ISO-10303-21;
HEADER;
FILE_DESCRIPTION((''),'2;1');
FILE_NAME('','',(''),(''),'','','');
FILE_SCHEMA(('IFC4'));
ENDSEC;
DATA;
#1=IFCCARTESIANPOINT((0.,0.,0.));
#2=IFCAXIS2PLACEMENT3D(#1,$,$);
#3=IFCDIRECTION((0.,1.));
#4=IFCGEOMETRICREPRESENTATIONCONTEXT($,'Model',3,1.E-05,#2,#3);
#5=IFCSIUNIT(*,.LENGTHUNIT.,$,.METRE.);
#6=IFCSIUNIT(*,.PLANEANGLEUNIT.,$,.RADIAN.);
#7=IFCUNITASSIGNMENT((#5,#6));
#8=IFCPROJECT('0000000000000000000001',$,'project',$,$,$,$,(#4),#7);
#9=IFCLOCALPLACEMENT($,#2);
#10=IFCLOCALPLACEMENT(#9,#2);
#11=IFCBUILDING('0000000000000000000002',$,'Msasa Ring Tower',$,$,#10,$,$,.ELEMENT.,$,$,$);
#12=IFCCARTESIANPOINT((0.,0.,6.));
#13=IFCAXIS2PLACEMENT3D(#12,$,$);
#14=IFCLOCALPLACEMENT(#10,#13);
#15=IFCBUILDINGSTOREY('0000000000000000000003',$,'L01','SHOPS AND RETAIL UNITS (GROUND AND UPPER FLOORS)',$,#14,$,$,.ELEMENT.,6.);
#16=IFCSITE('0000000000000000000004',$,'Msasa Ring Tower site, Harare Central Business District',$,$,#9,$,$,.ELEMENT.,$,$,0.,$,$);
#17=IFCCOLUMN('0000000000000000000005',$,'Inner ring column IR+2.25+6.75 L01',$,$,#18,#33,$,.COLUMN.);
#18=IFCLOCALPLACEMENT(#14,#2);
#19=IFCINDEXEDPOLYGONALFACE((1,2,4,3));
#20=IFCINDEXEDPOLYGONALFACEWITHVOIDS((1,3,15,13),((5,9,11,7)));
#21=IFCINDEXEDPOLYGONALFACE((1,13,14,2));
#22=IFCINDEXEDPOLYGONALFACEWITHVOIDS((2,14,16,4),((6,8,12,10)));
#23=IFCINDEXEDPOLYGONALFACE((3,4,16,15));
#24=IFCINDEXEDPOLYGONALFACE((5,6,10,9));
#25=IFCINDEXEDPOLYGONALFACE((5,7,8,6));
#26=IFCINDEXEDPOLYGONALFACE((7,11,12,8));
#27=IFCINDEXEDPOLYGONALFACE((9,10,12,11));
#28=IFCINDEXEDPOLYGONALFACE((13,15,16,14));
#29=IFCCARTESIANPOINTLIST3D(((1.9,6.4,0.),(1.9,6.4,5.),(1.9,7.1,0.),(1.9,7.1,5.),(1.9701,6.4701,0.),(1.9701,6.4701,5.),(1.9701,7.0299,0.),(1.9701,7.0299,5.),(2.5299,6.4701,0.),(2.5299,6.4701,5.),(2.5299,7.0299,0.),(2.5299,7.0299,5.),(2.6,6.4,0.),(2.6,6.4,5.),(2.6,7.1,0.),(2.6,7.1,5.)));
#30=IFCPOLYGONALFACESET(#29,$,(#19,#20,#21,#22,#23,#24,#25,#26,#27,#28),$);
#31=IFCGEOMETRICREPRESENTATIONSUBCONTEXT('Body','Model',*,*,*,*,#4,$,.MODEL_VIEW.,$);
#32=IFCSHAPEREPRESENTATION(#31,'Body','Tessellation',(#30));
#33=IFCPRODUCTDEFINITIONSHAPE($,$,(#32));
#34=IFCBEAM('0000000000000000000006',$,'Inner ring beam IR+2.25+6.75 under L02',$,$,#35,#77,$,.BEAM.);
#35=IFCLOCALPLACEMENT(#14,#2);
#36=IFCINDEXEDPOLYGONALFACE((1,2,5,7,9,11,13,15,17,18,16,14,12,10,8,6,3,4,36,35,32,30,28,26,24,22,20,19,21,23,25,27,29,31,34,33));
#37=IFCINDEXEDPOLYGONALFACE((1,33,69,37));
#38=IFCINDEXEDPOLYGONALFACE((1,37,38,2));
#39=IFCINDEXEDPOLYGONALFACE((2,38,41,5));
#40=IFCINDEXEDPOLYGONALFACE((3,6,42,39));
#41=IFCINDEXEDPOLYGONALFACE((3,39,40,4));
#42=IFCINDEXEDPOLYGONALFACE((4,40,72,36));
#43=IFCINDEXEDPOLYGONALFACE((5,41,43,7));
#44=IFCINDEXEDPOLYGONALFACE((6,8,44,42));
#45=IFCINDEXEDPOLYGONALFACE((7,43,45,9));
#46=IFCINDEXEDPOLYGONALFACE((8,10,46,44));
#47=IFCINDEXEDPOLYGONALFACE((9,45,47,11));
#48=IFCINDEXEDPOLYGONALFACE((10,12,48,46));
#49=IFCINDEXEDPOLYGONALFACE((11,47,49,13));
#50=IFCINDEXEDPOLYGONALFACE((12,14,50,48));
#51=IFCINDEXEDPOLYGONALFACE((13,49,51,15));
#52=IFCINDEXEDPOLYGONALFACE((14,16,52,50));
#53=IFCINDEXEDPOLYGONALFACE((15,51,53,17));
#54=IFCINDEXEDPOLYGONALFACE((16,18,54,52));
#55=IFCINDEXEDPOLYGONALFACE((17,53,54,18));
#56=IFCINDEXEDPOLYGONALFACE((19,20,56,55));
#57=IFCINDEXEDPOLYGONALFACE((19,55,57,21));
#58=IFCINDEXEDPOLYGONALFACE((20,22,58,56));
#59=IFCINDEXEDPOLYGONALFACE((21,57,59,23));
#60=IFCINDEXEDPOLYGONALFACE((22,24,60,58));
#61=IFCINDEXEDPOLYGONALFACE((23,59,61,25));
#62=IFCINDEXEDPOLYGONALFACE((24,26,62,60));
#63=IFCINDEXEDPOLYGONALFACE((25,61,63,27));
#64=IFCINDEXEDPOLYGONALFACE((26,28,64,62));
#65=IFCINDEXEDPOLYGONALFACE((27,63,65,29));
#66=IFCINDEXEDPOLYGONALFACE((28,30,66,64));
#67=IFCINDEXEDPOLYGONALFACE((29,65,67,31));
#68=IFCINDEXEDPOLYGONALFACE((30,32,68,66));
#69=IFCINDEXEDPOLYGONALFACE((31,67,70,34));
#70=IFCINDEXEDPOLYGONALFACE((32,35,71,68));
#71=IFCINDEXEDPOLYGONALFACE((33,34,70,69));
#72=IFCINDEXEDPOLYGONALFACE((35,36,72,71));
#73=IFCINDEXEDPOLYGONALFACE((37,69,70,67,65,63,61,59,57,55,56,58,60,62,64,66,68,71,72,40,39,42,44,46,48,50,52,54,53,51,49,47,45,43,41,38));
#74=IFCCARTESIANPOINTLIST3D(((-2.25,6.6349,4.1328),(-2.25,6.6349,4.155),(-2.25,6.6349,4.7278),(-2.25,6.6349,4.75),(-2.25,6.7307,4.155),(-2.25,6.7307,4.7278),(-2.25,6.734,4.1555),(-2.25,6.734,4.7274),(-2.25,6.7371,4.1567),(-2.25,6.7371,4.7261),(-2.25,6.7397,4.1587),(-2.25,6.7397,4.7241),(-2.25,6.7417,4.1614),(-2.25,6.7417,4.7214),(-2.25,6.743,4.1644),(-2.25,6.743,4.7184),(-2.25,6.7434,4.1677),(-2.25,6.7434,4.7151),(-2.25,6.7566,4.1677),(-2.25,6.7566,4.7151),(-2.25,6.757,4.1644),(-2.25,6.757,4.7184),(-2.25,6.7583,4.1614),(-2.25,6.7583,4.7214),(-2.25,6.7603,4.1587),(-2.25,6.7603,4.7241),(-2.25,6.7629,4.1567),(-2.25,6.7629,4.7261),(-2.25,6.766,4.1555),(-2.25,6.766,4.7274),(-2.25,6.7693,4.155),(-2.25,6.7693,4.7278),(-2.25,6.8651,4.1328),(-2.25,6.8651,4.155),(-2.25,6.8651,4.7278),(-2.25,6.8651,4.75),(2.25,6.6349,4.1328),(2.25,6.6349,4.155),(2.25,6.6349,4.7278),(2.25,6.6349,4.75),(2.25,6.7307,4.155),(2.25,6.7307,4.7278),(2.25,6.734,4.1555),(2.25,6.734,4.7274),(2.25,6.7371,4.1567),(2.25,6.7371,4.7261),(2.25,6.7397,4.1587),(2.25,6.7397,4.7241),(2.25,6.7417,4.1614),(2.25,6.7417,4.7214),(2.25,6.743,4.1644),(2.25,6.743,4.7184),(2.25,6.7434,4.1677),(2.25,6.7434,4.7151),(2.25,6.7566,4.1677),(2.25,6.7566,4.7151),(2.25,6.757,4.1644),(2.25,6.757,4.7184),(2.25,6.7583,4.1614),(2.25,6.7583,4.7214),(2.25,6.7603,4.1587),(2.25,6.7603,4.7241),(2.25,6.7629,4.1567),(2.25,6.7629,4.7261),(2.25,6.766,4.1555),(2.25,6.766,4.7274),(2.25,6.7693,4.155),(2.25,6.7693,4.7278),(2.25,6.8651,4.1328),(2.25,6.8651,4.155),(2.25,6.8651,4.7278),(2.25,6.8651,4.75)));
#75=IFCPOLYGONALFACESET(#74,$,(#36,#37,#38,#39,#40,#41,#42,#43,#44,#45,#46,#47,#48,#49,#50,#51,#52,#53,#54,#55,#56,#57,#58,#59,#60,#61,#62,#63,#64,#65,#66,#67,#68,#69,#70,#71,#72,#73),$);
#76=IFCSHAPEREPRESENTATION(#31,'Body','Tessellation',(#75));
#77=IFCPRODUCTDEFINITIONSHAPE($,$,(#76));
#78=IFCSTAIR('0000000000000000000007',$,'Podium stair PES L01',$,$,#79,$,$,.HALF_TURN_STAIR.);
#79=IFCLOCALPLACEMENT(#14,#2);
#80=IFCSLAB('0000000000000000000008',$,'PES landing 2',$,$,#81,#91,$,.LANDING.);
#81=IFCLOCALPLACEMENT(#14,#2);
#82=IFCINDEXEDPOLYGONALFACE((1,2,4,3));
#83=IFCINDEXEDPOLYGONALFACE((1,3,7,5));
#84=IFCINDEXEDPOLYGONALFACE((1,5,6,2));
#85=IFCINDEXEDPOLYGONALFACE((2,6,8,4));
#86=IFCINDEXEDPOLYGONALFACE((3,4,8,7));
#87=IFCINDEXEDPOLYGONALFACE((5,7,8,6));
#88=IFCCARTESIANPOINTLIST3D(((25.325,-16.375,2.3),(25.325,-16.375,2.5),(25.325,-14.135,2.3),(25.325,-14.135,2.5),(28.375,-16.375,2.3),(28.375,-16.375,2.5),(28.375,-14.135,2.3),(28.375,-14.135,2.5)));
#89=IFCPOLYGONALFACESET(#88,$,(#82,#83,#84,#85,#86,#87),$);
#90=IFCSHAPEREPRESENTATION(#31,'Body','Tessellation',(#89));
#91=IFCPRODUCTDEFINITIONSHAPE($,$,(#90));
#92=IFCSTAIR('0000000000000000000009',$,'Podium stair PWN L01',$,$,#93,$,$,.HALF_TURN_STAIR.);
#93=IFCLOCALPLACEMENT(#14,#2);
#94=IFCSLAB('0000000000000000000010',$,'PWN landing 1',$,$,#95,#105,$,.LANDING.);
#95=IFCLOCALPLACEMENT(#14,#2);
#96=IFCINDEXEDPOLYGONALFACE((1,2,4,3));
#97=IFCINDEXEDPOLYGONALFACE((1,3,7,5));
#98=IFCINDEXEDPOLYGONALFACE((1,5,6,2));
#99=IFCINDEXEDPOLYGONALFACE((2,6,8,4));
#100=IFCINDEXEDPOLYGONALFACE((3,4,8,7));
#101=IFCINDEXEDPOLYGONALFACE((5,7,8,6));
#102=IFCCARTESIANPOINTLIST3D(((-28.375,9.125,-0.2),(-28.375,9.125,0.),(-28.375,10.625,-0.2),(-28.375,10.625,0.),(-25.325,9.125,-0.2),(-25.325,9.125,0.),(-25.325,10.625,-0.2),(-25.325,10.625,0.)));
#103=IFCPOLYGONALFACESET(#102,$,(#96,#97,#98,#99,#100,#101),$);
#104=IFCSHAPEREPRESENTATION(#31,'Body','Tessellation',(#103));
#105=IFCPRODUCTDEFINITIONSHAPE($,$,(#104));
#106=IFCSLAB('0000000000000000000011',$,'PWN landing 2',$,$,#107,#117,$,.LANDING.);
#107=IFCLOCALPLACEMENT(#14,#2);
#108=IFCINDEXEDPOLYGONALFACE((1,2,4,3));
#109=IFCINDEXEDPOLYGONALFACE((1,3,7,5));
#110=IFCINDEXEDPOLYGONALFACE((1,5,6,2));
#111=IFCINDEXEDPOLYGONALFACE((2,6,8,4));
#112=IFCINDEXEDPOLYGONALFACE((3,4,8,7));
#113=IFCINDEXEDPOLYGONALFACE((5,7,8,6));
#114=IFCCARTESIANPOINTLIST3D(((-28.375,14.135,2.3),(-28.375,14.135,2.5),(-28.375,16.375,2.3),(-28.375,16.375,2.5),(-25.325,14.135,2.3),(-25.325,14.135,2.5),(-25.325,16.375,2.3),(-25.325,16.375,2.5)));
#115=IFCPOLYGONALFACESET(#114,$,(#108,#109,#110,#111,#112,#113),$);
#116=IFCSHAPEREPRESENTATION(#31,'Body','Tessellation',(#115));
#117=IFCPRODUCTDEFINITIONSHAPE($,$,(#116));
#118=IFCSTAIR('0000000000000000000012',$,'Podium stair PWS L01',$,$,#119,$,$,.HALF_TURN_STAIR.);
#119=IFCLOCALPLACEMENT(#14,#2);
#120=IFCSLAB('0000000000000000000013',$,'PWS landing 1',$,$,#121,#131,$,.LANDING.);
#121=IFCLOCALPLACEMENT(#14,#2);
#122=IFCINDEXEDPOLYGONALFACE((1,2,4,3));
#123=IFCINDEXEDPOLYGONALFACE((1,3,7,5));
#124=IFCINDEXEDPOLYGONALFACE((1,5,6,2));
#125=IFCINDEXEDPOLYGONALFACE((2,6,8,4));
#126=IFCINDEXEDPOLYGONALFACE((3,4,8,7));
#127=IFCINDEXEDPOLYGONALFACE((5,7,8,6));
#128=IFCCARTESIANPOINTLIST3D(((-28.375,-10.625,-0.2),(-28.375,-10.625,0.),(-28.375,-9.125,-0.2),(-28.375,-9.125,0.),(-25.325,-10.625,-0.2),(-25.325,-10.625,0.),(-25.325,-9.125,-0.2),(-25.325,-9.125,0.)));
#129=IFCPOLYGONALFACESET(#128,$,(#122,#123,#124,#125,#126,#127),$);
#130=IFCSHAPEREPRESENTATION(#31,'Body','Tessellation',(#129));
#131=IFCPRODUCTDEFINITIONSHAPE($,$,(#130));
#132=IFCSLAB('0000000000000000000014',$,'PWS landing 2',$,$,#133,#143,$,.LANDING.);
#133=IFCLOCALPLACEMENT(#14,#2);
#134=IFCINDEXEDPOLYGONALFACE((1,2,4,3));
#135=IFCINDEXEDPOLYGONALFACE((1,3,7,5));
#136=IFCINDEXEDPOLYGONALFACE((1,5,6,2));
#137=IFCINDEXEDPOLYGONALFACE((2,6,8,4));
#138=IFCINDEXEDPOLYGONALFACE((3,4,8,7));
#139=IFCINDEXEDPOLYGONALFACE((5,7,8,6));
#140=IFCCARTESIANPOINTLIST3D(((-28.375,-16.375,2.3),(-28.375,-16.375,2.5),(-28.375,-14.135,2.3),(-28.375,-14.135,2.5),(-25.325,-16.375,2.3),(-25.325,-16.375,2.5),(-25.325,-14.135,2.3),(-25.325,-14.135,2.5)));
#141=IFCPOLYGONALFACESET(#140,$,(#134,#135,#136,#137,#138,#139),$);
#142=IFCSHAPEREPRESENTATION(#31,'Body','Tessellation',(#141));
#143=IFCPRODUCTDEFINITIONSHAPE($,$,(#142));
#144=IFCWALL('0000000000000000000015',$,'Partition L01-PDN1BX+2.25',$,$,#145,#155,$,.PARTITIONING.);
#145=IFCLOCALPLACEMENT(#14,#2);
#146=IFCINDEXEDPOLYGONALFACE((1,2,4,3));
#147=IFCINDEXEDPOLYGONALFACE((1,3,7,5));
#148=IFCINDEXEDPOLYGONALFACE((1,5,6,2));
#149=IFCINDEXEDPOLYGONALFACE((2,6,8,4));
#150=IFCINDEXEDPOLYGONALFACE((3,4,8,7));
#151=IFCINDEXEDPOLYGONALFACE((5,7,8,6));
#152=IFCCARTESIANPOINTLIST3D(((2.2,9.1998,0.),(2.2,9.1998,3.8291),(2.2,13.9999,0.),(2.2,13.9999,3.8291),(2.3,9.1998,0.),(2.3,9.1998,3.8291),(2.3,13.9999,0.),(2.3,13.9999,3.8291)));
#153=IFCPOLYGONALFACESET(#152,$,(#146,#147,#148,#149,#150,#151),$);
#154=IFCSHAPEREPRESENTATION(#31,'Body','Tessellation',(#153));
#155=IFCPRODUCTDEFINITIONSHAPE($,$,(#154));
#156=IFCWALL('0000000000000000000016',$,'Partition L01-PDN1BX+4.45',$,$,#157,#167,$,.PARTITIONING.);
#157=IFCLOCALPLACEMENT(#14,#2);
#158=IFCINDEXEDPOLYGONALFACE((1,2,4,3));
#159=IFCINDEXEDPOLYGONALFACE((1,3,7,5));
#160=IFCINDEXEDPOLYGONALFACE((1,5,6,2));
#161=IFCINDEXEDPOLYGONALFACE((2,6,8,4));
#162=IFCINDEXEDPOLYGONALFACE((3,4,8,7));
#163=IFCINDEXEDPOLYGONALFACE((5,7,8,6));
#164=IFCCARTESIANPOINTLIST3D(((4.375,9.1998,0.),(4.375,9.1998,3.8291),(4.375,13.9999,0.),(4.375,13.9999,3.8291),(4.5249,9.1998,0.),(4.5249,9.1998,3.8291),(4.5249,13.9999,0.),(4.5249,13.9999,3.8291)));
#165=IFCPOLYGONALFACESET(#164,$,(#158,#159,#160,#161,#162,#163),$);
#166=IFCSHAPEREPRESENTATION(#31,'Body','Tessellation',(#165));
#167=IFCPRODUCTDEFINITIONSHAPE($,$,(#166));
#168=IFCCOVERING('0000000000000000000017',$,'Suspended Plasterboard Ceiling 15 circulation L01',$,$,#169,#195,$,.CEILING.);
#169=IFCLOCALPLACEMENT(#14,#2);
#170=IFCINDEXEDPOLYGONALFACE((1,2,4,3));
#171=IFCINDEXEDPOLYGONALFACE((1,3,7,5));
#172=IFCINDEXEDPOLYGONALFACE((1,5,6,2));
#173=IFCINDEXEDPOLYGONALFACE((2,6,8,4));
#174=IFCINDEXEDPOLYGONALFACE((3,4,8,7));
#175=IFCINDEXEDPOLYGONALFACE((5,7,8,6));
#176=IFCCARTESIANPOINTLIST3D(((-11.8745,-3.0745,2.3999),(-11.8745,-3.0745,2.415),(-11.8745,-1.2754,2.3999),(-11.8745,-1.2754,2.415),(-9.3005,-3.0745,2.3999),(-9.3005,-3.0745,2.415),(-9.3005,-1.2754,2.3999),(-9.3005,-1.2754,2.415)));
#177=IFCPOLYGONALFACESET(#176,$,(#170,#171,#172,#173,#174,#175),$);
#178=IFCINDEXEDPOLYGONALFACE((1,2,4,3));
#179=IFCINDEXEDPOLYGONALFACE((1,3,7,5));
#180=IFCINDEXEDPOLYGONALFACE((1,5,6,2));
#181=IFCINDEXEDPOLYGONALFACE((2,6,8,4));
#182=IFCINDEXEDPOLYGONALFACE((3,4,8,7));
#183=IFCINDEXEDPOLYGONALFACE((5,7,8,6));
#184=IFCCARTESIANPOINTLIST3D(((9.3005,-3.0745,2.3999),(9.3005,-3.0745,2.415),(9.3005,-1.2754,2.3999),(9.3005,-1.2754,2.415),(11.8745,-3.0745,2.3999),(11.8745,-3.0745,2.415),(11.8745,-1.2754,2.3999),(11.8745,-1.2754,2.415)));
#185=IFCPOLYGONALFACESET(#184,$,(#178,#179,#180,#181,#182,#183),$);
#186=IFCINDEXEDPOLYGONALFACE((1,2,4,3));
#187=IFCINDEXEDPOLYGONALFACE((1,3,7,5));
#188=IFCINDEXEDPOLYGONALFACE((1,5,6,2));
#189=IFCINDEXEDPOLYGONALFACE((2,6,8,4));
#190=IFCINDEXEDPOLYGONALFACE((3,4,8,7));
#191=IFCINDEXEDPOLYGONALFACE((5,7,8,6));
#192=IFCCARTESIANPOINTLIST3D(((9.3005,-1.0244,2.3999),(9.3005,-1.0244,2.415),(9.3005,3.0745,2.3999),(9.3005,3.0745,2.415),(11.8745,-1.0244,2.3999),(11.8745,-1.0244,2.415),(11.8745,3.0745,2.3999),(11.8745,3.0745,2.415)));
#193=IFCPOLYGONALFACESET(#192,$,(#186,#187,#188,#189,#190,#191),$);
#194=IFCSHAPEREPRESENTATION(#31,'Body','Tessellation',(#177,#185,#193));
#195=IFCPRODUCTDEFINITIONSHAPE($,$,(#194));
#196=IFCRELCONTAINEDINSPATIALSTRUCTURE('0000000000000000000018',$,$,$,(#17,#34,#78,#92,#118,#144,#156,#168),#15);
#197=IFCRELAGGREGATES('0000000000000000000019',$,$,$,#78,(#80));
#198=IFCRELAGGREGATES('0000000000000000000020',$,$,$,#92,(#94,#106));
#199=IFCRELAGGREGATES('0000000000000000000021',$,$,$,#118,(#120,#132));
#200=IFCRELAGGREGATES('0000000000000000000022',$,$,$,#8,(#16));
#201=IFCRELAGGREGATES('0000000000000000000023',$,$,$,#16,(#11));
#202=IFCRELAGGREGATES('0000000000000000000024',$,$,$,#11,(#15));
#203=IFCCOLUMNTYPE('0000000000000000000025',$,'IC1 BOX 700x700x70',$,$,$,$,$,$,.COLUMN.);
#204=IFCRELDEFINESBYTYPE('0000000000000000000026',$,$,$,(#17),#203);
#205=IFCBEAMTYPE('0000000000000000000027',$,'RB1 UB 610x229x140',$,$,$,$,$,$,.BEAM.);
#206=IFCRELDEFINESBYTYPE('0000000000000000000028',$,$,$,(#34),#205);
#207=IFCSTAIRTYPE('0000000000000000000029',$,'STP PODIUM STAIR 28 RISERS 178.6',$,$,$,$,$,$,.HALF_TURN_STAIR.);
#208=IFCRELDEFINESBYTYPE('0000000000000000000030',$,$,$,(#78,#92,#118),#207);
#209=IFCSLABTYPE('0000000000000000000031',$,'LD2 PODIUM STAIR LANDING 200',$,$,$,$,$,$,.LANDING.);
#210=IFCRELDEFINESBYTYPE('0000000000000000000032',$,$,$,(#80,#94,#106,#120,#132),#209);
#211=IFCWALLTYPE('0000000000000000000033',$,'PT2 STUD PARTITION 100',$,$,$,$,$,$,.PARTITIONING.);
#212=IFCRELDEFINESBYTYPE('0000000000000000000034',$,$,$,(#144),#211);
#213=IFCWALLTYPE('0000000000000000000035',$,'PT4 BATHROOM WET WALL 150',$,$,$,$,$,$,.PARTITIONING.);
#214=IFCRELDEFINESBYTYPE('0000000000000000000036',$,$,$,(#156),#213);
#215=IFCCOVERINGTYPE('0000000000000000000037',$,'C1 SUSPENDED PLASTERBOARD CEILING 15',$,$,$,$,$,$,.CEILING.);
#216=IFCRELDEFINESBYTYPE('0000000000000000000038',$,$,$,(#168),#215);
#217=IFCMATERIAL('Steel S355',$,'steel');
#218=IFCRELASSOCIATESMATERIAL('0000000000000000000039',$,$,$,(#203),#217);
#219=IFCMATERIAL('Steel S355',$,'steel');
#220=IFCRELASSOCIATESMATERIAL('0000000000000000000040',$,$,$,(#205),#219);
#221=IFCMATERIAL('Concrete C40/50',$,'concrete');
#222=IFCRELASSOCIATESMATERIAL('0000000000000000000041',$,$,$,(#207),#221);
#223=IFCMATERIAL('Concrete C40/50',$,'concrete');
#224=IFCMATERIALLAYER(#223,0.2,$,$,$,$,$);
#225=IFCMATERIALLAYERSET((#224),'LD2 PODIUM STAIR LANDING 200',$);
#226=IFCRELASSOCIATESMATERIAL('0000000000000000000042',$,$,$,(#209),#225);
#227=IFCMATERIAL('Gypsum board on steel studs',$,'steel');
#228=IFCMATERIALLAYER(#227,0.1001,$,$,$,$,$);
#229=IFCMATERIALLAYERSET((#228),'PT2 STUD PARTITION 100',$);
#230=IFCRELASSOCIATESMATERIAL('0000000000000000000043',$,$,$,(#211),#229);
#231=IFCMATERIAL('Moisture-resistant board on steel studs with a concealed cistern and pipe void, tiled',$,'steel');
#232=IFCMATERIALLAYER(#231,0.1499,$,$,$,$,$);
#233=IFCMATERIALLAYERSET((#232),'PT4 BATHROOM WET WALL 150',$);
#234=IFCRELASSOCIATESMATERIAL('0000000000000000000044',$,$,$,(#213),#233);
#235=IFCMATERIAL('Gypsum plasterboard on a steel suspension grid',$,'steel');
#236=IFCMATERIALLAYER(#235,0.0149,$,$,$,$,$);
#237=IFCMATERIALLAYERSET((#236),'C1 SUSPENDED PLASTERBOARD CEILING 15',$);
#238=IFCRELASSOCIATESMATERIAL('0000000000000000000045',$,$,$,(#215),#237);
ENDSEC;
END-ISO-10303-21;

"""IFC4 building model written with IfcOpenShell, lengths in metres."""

from ifc_helpers import new_model, si_unit, direction, frame, frame_2d, origin, origin_2d, place, context, subcontext, project, spatial, polyline, line, indexed_curve, rectangle, hollow_rectangle, i_section, outline, extrude, material, layer, layer_set, material_profile, profile_set, type_object, element, aggregate, save


model = new_model("IFC4")

# Units and contexts
model_context = context("Model", 3, precision=1e-05, world=origin(), true_north=direction((0.0, 1.0)))
body_context = subcontext(model_context, "Body", "Model", "MODEL_VIEW")
ifc_project = project(units=[si_unit("LENGTHUNIT", "METRE"), si_unit("PLANEANGLEUNIT", "RADIAN")], contexts=[model_context])

# Site, building, storey
site_placement = place(None, origin())
site = spatial("IfcSite", under=ifc_project, at=site_placement, Name="Msasa Ring Tower site, Harare Central Business District", CompositionType="ELEMENT", RefElevation=0.0)
building_placement = place(site_placement, origin())
building = spatial("IfcBuilding", under=site, at=building_placement, Name="Msasa Ring Tower", CompositionType="ELEMENT")
storey_placement = place(building_placement, frame((0.0, 0.0, 6.0)))
storey = spatial("IfcBuildingStorey", under=building, at=storey_placement, Name="L01", Description="SHOPS AND RETAIL UNITS (GROUND AND UPPER FLOORS)", CompositionType="ELEMENT", Elevation=6.0)

# Column
ifc_material_1 = material(Name="Steel S355", Category="steel")
ifc_material_profile_1 = material_profile(ifc_material_1, hollow_rectangle(XDim=0.7, YDim=0.7, WallThickness=0.0701, at=origin_2d()), Name="BOX 700x700x70")
ifc_profile_set_1 = profile_set([ifc_material_profile_1], Name="Steel S355")
column_type = type_object("IfcColumnType", Name="IC1 BOX 700x700x70", PredefinedType="COLUMN", material=ifc_profile_set_1)
column_placement = place(storey_placement, frame((2.25, 6.75, 0.0), z_axis=(0.0, 0.0, 1.0), x_axis=(1.0, 0.0, 0.0)))
element("IfcColumn", 1, at=column_placement, inside=storey, type_object=column_type, Name="Inner ring column IR+2.25+6.75 L01", PredefinedType="COLUMN", context=body_context, shape_type="SweptSolid", body=[
    extrude(hollow_rectangle(XDim=0.7, YDim=0.7, WallThickness=0.0701, at=origin_2d()), origin(), (0.0, 0.0, 1.0), 5.0),
])

# Beam
ifc_material_2 = material(Name="Steel S355", Category="steel")
ifc_material_profile_2 = material_profile(ifc_material_2, i_section(OverallWidth=0.2302, OverallDepth=0.6172, WebThickness=0.0132, FlangeThickness=0.0222, FilletRadius=0.0127, at=origin_2d()), Name="UB 610x229x140")
ifc_profile_set_2 = profile_set([ifc_material_profile_2], Name="Steel S355")
beam_type = type_object("IfcBeamType", Name="RB1 UB 610x229x140", PredefinedType="BEAM", material=ifc_profile_set_2)
beam_placement = place(storey_placement, frame((2.25, 6.75, 4.4414), z_axis=(-1.0, 0.0, 0.0), x_axis=(0.0, -1.0, 0.0)))
element("IfcBeam", 2, at=beam_placement, inside=storey, type_object=beam_type, Name="Inner ring beam IR+2.25+6.75 under L02", PredefinedType="BEAM", context=body_context, shape_type="SweptSolid", body=[
    extrude(i_section(OverallWidth=0.2302, OverallDepth=0.6172, WebThickness=0.0132, FlangeThickness=0.0222, FilletRadius=0.0127, at=origin_2d()), origin(), (0.0, 0.0, 1.0), 4.5),
])

# Stair, slab
ifc_material_3 = material(Name="Concrete C40/50", Category="concrete")
stair_type = type_object("IfcStairType", Name="STP PODIUM STAIR 28 RISERS 178.6", PredefinedType="HALF_TURN_STAIR", material=ifc_material_3)
stair_1_placement = place(storey_placement, origin())
stair_1 = element("IfcStair", 3, at=stair_1_placement, inside=storey, type_object=stair_type, Name="Podium stair PES L01", PredefinedType="HALF_TURN_STAIR")
ifc_material_4 = material(Name="Concrete C40/50", Category="concrete")
ifc_layer_1 = layer(ifc_material_4, 0.2)
ifc_layer_set_1 = layer_set([ifc_layer_1], Name="LD2 PODIUM STAIR LANDING 200")
slab_type = type_object("IfcSlabType", Name="LD2 PODIUM STAIR LANDING 200", PredefinedType="LANDING", material=ifc_layer_set_1)
slab_1_placement = place(storey_placement, frame((0.0, 0.0, 2.3)))
slab_1 = element("IfcSlab", 4, at=slab_1_placement, type_object=slab_type, Name="PES landing 2", PredefinedType="LANDING", context=body_context, shape_type="SweptSolid", body=[
    extrude(outline(polyline([(25.325, -16.375), (28.375, -16.375), (28.375, -14.135), (25.325, -14.135), (25.325, -16.375)])), origin(), (0.0, 0.0, 1.0), 0.2),
])
aggregate(stair_1, [slab_1])

# Stairs, slabs
stair_2_placement = place(storey_placement, origin())
stair_2 = element("IfcStair", 5, at=stair_2_placement, inside=storey, type_object=stair_type, Name="Podium stair PWN L01", PredefinedType="HALF_TURN_STAIR")
slab_2_placement = place(storey_placement, frame((0.0, 0.0, -0.2)))
slab_2 = element("IfcSlab", 6, at=slab_2_placement, type_object=slab_type, Name="PWN landing 1", PredefinedType="LANDING", context=body_context, shape_type="SweptSolid", body=[
    extrude(outline(polyline([(-28.375, 9.125), (-25.325, 9.125), (-25.325, 10.625), (-28.375, 10.625), (-28.375, 9.125)])), origin(), (0.0, 0.0, 1.0), 0.2),
])
slab_3_placement = place(storey_placement, frame((0.0, 0.0, 2.3)))
slab_3 = element("IfcSlab", 7, at=slab_3_placement, type_object=slab_type, Name="PWN landing 2", PredefinedType="LANDING", context=body_context, shape_type="SweptSolid", body=[
    extrude(outline(polyline([(-28.375, 14.135), (-25.325, 14.135), (-25.325, 16.375), (-28.375, 16.375), (-28.375, 14.135)])), origin(), (0.0, 0.0, 1.0), 0.2),
])
aggregate(stair_2, [slab_2, slab_3])
stair_3_placement = place(storey_placement, origin())
stair_3 = element("IfcStair", 8, at=stair_3_placement, inside=storey, type_object=stair_type, Name="Podium stair PWS L01", PredefinedType="HALF_TURN_STAIR")
slab_4_placement = place(storey_placement, frame((0.0, 0.0, -0.2)))
slab_4 = element("IfcSlab", 9, at=slab_4_placement, type_object=slab_type, Name="PWS landing 1", PredefinedType="LANDING", context=body_context, shape_type="SweptSolid", body=[
    extrude(outline(polyline([(-28.375, -10.625), (-25.325, -10.625), (-25.325, -9.125), (-28.375, -9.125), (-28.375, -10.625)])), origin(), (0.0, 0.0, 1.0), 0.2),
])
slab_5_placement = place(storey_placement, frame((0.0, 0.0, 2.3)))
slab_5 = element("IfcSlab", 10, at=slab_5_placement, type_object=slab_type, Name="PWS landing 2", PredefinedType="LANDING", context=body_context, shape_type="SweptSolid", body=[
    extrude(outline(polyline([(-28.375, -16.375), (-25.325, -16.375), (-25.325, -14.135), (-28.375, -14.135), (-28.375, -16.375)])), origin(), (0.0, 0.0, 1.0), 0.2),
])
aggregate(stair_3, [slab_4, slab_5])

# Walls
ifc_material_5 = material(Name="Gypsum board on steel studs", Category="steel")
ifc_layer_2 = layer(ifc_material_5, 0.1001)
ifc_layer_set_2 = layer_set([ifc_layer_2], Name="PT2 STUD PARTITION 100")
wall_type_1 = type_object("IfcWallType", Name="PT2 STUD PARTITION 100", PredefinedType="PARTITIONING", material=ifc_layer_set_2)
wall_1_placement = place(storey_placement, frame((2.25, 9.2, 0.0), z_axis=(0.0, 0.0, 1.0), x_axis=(0.0, 1.0, 0.0)))
element("IfcWall", 11, at=wall_1_placement, inside=storey, type_object=wall_type_1, Name="Partition L01-PDN1BX+2.25", PredefinedType="PARTITIONING", context=body_context, shape_type="SweptSolid", body=[
    extrude(rectangle(XDim=4.8, YDim=0.1001, at=frame_2d((2.3999, 0.0))), origin(), (0.0, 0.0, 1.0), 3.8291),
])
ifc_material_6 = material(Name="Moisture-resistant board on steel studs with a concealed cistern and pipe void, tiled", Category="steel")
ifc_layer_3 = layer(ifc_material_6, 0.1499)
ifc_layer_set_3 = layer_set([ifc_layer_3], Name="PT4 BATHROOM WET WALL 150")
wall_type_2 = type_object("IfcWallType", Name="PT4 BATHROOM WET WALL 150", PredefinedType="PARTITIONING", material=ifc_layer_set_3)
wall_2_placement = place(storey_placement, frame((4.45, 9.2, 0.0), z_axis=(0.0, 0.0, 1.0), x_axis=(0.0, 1.0, 0.0)))
element("IfcWall", 12, at=wall_2_placement, inside=storey, type_object=wall_type_2, Name="Partition L01-PDN1BX+4.45", PredefinedType="PARTITIONING", context=body_context, shape_type="SweptSolid", body=[
    extrude(rectangle(XDim=4.8, YDim=0.1499, at=frame_2d((2.3999, 0.0))), origin(), (0.0, 0.0, 1.0), 3.8291),
])

# Covering
ifc_material_7 = material(Name="Gypsum plasterboard on a steel suspension grid", Category="steel")
ifc_layer_4 = layer(ifc_material_7, 0.0149)
ifc_layer_set_4 = layer_set([ifc_layer_4], Name="C1 SUSPENDED PLASTERBOARD CEILING 15")
covering_type_1 = type_object("IfcCoveringType", Name="C1 SUSPENDED PLASTERBOARD CEILING 15", PredefinedType="CEILING", material=ifc_layer_set_4)
covering_1_placement = place(storey_placement, frame((0.0, 0.0, 2.3999)))
element("IfcCovering", 13, at=covering_1_placement, inside=storey, type_object=covering_type_1, Name="Suspended Plasterboard Ceiling 15 circulation L01", PredefinedType="CEILING", context=body_context, shape_type="SweptSolid", body=[
    extrude(outline(indexed_curve([(-9.3005, -1.2754), (-9.3005, -3.0745), (-11.8745, -3.0745), (-11.8745, -1.2754)], segments=[line(1, 2, 3, 4, 1)], self_intersect=False)), origin(), (0.0, 0.0, 1.0), 0.0151),
    extrude(outline(indexed_curve([(11.8745, -3.0745), (9.3005, -3.0745), (9.3005, -1.2754), (11.8745, -1.2754)], segments=[line(1, 2, 3, 4, 1)], self_intersect=False)), origin(), (0.0, 0.0, 1.0), 0.0151),
    extrude(outline(indexed_curve([(11.8745, -1.0244), (9.3005, -1.0244), (9.3005, 3.0745), (11.8745, 3.0745)], segments=[line(1, 2, 3, 4, 1)], self_intersect=False)), origin(), (0.0, 0.0, 1.0), 0.0151),
])

save(model, "model.ifc")
